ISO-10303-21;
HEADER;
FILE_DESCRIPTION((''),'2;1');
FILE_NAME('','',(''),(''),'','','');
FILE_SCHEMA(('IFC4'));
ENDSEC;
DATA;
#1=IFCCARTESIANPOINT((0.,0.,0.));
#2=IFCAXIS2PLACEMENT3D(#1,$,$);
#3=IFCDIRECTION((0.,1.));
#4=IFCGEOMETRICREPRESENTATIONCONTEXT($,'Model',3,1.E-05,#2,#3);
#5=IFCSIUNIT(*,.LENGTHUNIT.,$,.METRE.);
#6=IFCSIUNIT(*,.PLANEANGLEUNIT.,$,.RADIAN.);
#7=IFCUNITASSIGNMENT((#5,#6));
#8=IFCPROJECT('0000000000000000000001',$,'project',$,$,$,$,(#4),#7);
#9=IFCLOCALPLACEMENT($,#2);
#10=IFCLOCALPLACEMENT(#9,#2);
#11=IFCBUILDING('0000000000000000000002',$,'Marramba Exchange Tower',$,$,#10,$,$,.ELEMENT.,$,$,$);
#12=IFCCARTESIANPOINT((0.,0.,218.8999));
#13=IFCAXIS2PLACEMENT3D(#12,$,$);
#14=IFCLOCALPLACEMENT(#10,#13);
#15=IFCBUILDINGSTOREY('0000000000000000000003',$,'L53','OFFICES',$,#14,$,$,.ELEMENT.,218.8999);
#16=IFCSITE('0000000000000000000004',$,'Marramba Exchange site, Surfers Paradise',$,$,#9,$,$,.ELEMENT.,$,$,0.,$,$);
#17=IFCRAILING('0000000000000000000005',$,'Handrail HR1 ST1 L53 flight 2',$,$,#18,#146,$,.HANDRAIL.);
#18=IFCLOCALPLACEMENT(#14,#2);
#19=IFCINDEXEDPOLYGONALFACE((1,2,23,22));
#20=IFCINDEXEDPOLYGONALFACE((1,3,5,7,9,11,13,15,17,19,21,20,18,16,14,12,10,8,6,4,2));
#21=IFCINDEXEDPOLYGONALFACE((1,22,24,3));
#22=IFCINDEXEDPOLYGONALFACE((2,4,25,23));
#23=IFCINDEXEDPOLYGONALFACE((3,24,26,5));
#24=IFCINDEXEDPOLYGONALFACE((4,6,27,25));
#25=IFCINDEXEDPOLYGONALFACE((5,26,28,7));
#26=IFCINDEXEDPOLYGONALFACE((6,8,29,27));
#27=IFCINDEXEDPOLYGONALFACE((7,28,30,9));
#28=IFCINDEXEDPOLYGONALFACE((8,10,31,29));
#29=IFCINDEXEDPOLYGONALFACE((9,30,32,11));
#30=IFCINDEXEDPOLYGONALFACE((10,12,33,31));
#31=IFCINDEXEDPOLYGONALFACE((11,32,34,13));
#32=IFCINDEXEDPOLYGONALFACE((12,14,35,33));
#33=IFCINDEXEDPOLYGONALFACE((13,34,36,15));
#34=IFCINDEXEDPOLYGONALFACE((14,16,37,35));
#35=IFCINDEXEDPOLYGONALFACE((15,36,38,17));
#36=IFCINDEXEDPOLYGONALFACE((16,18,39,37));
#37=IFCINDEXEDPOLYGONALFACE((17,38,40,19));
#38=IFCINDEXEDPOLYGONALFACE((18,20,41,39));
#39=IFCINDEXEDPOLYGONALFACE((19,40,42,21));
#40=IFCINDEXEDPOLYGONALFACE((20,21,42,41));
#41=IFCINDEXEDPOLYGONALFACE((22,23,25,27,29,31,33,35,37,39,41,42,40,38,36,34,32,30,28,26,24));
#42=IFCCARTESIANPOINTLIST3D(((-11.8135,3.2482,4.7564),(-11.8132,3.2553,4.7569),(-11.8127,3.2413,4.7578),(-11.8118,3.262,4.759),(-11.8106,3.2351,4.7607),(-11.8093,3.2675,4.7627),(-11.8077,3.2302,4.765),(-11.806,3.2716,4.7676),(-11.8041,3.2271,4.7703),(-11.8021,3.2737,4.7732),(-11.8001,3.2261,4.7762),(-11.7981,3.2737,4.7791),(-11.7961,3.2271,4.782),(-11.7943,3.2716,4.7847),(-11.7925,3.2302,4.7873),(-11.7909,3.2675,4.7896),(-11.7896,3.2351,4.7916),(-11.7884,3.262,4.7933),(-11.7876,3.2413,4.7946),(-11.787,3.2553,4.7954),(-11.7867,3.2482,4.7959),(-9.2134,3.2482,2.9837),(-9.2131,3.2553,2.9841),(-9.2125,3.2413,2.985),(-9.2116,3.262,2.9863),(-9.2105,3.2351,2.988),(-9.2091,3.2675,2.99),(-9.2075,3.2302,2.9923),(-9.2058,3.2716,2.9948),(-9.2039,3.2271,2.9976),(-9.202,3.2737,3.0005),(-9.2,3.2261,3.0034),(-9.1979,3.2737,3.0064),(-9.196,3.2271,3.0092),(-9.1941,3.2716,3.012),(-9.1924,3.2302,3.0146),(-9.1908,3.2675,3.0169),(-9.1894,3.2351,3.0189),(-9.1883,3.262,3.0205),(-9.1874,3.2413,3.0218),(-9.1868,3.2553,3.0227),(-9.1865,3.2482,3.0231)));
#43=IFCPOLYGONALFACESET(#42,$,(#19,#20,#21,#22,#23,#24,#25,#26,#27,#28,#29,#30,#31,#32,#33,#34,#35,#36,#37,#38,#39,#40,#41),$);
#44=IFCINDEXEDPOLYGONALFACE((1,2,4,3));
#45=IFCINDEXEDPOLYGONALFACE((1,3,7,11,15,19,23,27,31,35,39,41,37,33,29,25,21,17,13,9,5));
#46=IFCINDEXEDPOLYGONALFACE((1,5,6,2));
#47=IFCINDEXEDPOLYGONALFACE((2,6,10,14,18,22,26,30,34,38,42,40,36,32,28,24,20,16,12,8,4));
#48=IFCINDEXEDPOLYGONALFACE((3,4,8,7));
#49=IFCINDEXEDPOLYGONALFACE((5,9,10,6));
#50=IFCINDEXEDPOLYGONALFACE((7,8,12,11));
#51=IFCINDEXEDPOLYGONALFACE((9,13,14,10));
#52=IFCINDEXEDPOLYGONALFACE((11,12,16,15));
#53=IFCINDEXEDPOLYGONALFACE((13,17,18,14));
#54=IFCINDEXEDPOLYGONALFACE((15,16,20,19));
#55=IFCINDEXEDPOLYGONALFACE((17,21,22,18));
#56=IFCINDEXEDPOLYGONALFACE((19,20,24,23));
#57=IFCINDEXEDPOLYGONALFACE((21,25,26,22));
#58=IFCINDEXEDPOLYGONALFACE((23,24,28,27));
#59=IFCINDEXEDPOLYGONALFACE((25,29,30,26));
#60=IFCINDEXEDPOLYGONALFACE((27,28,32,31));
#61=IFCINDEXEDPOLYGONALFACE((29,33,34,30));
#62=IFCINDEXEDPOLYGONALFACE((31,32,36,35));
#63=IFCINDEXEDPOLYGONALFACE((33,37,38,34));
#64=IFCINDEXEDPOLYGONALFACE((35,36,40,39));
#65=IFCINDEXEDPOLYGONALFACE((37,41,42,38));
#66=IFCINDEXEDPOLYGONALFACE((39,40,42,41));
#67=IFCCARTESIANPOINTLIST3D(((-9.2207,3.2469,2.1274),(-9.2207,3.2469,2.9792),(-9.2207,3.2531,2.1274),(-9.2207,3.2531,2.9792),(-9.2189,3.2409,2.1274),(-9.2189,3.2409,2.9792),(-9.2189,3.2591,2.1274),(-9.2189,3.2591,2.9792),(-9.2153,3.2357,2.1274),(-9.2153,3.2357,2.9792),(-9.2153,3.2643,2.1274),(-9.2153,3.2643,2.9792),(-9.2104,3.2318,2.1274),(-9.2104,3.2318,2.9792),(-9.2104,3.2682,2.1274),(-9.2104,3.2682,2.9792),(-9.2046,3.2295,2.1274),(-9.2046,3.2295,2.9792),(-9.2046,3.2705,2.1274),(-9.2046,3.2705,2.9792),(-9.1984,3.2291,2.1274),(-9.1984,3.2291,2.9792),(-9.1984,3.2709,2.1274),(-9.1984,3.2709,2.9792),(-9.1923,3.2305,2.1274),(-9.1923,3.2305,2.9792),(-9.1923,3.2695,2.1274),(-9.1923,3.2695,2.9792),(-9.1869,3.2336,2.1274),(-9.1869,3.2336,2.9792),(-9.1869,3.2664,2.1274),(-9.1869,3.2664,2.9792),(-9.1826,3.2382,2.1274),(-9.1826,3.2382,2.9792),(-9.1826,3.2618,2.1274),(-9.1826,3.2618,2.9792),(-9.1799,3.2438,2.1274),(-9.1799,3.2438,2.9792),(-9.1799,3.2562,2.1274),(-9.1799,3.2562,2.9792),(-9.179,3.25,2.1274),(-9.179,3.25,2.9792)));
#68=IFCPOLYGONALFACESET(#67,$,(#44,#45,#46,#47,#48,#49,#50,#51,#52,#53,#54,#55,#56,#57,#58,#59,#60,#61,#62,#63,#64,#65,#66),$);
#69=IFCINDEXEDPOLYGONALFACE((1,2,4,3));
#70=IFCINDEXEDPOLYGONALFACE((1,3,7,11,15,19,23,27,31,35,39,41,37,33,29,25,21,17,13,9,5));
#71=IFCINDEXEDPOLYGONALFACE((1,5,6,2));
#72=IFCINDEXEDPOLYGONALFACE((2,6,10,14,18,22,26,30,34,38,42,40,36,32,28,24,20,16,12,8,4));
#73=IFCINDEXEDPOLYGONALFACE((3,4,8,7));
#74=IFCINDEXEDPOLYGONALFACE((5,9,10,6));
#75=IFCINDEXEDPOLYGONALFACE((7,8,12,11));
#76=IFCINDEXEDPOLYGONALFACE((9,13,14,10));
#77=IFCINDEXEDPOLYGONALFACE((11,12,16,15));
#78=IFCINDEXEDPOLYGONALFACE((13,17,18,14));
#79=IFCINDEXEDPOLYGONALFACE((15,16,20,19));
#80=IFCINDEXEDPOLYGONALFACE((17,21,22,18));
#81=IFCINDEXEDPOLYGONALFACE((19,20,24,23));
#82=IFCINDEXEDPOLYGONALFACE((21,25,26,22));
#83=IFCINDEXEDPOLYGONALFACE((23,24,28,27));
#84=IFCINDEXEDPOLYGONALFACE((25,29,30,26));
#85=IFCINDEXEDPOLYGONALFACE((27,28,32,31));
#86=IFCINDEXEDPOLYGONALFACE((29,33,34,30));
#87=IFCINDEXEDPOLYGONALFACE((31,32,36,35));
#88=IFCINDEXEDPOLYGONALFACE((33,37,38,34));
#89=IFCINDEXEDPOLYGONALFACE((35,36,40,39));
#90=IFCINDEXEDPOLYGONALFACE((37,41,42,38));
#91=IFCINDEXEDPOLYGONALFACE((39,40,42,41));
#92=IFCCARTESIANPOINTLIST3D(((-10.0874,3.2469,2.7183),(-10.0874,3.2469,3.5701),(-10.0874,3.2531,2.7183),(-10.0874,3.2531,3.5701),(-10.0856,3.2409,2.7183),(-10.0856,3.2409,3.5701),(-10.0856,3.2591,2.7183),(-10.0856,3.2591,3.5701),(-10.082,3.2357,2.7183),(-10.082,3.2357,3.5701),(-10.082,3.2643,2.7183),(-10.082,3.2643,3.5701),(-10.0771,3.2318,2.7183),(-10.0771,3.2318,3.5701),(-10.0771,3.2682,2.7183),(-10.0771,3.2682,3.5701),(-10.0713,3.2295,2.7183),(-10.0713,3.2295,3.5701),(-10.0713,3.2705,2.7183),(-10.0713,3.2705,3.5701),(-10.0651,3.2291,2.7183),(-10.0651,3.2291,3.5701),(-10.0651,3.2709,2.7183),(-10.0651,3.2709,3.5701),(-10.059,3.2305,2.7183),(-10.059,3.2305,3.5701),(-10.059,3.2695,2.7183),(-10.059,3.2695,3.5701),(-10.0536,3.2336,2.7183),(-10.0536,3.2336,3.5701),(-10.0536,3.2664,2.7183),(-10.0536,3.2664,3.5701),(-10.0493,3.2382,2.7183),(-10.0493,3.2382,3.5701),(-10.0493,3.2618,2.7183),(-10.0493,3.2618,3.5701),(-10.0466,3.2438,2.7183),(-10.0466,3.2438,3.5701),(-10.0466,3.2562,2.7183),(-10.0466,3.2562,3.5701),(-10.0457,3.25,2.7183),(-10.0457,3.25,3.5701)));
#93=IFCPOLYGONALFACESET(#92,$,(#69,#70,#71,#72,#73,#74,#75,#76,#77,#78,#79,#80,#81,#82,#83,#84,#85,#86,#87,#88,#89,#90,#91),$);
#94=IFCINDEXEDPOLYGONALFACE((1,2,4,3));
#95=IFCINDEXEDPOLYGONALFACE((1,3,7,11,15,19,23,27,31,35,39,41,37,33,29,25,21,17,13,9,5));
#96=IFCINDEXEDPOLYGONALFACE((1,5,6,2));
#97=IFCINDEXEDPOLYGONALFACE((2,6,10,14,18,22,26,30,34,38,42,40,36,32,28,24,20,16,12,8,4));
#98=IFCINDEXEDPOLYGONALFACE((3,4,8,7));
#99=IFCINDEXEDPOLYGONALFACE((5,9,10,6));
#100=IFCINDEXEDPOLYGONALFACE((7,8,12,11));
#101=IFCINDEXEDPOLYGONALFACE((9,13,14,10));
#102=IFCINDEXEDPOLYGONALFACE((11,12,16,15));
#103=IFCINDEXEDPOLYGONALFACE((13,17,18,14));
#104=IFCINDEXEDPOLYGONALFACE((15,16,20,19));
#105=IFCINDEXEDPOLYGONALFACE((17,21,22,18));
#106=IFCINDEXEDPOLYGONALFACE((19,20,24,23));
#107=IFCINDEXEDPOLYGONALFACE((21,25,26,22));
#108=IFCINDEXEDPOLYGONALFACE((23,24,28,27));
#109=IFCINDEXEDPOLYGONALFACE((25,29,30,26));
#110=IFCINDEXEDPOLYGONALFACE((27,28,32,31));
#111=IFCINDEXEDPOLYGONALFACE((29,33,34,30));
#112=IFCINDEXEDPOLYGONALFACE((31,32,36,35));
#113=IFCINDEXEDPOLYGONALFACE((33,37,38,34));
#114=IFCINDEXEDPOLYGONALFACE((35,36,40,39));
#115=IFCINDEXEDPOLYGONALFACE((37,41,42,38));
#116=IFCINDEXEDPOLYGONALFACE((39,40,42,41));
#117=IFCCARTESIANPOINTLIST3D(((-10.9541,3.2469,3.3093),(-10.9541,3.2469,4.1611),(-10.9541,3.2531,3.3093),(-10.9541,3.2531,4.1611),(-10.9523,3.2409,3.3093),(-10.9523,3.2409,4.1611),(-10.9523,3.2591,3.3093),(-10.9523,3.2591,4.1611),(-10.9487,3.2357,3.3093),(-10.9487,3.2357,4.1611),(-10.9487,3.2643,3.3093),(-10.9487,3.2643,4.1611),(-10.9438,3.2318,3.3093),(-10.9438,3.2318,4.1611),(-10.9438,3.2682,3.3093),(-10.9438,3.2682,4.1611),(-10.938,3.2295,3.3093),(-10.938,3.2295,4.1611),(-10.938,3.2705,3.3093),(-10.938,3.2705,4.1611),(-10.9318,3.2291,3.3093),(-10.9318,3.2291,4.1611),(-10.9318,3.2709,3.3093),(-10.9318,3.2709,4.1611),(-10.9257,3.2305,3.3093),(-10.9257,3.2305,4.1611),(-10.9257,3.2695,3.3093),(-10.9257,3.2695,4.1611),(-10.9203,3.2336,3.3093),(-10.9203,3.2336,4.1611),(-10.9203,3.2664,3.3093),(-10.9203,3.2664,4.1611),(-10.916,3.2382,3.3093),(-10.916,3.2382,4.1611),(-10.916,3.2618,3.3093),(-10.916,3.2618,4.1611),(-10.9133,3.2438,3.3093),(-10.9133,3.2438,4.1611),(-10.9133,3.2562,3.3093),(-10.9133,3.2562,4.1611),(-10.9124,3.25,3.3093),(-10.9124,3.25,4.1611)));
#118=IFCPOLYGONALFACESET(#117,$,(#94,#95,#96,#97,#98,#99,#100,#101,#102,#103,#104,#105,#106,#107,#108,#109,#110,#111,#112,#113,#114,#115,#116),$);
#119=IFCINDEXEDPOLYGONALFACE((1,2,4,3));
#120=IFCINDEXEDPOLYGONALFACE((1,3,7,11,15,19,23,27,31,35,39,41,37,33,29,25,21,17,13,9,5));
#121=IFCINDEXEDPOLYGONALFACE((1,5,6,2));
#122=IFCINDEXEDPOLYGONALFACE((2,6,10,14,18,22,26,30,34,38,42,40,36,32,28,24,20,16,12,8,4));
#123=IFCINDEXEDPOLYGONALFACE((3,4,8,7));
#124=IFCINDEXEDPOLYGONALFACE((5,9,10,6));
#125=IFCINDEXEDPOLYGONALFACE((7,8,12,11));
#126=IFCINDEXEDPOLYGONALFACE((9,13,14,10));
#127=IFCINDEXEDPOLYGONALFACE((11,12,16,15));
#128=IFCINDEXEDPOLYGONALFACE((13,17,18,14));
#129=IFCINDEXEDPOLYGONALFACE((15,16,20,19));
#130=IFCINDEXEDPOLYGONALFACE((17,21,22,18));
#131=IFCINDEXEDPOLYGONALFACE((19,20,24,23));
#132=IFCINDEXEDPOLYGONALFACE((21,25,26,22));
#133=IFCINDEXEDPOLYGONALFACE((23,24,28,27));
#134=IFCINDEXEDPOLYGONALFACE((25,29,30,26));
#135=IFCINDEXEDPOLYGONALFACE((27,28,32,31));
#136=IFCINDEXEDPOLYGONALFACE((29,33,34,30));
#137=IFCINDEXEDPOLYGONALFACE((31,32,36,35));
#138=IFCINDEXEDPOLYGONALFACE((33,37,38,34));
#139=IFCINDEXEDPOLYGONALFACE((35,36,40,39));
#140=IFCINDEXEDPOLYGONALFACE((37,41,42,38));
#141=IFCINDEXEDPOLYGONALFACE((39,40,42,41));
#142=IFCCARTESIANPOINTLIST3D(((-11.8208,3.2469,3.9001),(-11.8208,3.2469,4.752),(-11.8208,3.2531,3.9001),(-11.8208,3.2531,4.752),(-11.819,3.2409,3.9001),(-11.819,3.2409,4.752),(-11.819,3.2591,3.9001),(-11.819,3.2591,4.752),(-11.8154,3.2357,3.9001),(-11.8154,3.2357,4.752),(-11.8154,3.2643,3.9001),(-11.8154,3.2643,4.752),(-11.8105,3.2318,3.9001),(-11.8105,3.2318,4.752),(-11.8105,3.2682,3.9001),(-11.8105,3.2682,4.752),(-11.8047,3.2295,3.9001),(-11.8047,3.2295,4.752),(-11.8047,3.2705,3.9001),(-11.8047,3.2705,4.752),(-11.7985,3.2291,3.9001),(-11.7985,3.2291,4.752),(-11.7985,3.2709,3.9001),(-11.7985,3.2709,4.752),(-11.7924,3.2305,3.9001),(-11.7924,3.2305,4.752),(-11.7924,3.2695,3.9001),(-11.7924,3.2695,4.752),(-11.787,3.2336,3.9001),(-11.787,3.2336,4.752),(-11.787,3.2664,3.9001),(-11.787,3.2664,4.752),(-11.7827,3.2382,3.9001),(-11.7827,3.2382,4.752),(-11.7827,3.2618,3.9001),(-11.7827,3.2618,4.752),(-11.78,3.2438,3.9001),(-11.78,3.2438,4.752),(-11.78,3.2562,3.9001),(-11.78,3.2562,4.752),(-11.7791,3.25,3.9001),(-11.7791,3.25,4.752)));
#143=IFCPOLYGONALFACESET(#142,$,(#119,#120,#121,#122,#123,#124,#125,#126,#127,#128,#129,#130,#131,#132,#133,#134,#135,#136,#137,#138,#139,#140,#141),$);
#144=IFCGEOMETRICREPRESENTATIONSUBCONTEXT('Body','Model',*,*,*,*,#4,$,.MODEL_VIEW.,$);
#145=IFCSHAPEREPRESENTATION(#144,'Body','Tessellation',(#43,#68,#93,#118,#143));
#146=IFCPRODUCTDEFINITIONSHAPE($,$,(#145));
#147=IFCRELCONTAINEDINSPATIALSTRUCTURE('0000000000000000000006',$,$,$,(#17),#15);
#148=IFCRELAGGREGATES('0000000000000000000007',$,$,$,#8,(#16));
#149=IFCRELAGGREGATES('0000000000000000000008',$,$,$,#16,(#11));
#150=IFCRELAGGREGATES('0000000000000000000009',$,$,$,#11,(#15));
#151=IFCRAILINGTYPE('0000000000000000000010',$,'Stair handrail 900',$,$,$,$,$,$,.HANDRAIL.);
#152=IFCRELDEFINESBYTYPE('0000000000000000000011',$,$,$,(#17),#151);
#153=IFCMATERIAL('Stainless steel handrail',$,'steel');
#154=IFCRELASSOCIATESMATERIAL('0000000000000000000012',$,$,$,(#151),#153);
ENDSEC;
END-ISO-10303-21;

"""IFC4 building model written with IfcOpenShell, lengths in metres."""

from ifc_helpers import new_model, si_unit, direction, frame, origin, origin_2d, place, context, subcontext, project, spatial, circle, extrude, material, type_object, element, save


model = new_model("IFC4")

# Units and contexts
model_context = context("Model", 3, precision=1e-05, world=origin(), true_north=direction((0.0, 1.0)))
body_context = subcontext(model_context, "Body", "Model", "MODEL_VIEW")
ifc_project = project(units=[si_unit("LENGTHUNIT", "METRE"), si_unit("PLANEANGLEUNIT", "RADIAN")], contexts=[model_context])

# Site, building, storey
site_placement = place(None, origin())
site = spatial("IfcSite", under=ifc_project, at=site_placement, Name="Marramba Exchange site, Surfers Paradise", CompositionType="ELEMENT", RefElevation=0.0)
building_placement = place(site_placement, origin())
building = spatial("IfcBuilding", under=site, at=building_placement, Name="Marramba Exchange Tower", CompositionType="ELEMENT")
storey_placement = place(building_placement, frame((0.0, 0.0, 218.8999)))
storey = spatial("IfcBuildingStorey", under=building, at=storey_placement, Name="L53", Description="OFFICES", CompositionType="ELEMENT", Elevation=218.8999)

# Railing
ifc_material_1 = material(Name="Stainless steel handrail", Category="steel")
railing_type = type_object("IfcRailingType", Name="Stair handrail 900", PredefinedType="HANDRAIL", material=ifc_material_1)
railing_placement = place(storey_placement, frame((-9.2, 3.25, 2.1274)))
element("IfcRailing", 1, at=railing_placement, inside=storey, type_object=railing_type, Name="Handrail HR1 ST1 L53 flight 2", PredefinedType="HANDRAIL", context=body_context, shape_type="SweptSolid", body=[
    extrude(circle(Radius=0.0239, at=origin_2d()), frame((0.0, 0.0, 0.876), z_axis=(-0.82624, 0.0, 0.563318), x_axis=(0.0, -1.0, 0.0)), (0.0, 0.0, 1.0), 3.147),
    extrude(circle(Radius=0.021, at=origin_2d()), origin(), (0.0, 0.0, 1.0), 0.8518),
    extrude(circle(Radius=0.021, at=origin_2d()), frame((-0.8667, 0.0, 0.5908)), (0.0, 0.0, 1.0), 0.8518),
    extrude(circle(Radius=0.021, at=origin_2d()), frame((-1.7334, 0.0, 1.1819)), (0.0, 0.0, 1.0), 0.8518),
    extrude(circle(Radius=0.021, at=origin_2d()), frame((-2.6001, 0.0, 1.7727)), (0.0, 0.0, 1.0), 0.8518),
])

save(model, "model.ifc")
